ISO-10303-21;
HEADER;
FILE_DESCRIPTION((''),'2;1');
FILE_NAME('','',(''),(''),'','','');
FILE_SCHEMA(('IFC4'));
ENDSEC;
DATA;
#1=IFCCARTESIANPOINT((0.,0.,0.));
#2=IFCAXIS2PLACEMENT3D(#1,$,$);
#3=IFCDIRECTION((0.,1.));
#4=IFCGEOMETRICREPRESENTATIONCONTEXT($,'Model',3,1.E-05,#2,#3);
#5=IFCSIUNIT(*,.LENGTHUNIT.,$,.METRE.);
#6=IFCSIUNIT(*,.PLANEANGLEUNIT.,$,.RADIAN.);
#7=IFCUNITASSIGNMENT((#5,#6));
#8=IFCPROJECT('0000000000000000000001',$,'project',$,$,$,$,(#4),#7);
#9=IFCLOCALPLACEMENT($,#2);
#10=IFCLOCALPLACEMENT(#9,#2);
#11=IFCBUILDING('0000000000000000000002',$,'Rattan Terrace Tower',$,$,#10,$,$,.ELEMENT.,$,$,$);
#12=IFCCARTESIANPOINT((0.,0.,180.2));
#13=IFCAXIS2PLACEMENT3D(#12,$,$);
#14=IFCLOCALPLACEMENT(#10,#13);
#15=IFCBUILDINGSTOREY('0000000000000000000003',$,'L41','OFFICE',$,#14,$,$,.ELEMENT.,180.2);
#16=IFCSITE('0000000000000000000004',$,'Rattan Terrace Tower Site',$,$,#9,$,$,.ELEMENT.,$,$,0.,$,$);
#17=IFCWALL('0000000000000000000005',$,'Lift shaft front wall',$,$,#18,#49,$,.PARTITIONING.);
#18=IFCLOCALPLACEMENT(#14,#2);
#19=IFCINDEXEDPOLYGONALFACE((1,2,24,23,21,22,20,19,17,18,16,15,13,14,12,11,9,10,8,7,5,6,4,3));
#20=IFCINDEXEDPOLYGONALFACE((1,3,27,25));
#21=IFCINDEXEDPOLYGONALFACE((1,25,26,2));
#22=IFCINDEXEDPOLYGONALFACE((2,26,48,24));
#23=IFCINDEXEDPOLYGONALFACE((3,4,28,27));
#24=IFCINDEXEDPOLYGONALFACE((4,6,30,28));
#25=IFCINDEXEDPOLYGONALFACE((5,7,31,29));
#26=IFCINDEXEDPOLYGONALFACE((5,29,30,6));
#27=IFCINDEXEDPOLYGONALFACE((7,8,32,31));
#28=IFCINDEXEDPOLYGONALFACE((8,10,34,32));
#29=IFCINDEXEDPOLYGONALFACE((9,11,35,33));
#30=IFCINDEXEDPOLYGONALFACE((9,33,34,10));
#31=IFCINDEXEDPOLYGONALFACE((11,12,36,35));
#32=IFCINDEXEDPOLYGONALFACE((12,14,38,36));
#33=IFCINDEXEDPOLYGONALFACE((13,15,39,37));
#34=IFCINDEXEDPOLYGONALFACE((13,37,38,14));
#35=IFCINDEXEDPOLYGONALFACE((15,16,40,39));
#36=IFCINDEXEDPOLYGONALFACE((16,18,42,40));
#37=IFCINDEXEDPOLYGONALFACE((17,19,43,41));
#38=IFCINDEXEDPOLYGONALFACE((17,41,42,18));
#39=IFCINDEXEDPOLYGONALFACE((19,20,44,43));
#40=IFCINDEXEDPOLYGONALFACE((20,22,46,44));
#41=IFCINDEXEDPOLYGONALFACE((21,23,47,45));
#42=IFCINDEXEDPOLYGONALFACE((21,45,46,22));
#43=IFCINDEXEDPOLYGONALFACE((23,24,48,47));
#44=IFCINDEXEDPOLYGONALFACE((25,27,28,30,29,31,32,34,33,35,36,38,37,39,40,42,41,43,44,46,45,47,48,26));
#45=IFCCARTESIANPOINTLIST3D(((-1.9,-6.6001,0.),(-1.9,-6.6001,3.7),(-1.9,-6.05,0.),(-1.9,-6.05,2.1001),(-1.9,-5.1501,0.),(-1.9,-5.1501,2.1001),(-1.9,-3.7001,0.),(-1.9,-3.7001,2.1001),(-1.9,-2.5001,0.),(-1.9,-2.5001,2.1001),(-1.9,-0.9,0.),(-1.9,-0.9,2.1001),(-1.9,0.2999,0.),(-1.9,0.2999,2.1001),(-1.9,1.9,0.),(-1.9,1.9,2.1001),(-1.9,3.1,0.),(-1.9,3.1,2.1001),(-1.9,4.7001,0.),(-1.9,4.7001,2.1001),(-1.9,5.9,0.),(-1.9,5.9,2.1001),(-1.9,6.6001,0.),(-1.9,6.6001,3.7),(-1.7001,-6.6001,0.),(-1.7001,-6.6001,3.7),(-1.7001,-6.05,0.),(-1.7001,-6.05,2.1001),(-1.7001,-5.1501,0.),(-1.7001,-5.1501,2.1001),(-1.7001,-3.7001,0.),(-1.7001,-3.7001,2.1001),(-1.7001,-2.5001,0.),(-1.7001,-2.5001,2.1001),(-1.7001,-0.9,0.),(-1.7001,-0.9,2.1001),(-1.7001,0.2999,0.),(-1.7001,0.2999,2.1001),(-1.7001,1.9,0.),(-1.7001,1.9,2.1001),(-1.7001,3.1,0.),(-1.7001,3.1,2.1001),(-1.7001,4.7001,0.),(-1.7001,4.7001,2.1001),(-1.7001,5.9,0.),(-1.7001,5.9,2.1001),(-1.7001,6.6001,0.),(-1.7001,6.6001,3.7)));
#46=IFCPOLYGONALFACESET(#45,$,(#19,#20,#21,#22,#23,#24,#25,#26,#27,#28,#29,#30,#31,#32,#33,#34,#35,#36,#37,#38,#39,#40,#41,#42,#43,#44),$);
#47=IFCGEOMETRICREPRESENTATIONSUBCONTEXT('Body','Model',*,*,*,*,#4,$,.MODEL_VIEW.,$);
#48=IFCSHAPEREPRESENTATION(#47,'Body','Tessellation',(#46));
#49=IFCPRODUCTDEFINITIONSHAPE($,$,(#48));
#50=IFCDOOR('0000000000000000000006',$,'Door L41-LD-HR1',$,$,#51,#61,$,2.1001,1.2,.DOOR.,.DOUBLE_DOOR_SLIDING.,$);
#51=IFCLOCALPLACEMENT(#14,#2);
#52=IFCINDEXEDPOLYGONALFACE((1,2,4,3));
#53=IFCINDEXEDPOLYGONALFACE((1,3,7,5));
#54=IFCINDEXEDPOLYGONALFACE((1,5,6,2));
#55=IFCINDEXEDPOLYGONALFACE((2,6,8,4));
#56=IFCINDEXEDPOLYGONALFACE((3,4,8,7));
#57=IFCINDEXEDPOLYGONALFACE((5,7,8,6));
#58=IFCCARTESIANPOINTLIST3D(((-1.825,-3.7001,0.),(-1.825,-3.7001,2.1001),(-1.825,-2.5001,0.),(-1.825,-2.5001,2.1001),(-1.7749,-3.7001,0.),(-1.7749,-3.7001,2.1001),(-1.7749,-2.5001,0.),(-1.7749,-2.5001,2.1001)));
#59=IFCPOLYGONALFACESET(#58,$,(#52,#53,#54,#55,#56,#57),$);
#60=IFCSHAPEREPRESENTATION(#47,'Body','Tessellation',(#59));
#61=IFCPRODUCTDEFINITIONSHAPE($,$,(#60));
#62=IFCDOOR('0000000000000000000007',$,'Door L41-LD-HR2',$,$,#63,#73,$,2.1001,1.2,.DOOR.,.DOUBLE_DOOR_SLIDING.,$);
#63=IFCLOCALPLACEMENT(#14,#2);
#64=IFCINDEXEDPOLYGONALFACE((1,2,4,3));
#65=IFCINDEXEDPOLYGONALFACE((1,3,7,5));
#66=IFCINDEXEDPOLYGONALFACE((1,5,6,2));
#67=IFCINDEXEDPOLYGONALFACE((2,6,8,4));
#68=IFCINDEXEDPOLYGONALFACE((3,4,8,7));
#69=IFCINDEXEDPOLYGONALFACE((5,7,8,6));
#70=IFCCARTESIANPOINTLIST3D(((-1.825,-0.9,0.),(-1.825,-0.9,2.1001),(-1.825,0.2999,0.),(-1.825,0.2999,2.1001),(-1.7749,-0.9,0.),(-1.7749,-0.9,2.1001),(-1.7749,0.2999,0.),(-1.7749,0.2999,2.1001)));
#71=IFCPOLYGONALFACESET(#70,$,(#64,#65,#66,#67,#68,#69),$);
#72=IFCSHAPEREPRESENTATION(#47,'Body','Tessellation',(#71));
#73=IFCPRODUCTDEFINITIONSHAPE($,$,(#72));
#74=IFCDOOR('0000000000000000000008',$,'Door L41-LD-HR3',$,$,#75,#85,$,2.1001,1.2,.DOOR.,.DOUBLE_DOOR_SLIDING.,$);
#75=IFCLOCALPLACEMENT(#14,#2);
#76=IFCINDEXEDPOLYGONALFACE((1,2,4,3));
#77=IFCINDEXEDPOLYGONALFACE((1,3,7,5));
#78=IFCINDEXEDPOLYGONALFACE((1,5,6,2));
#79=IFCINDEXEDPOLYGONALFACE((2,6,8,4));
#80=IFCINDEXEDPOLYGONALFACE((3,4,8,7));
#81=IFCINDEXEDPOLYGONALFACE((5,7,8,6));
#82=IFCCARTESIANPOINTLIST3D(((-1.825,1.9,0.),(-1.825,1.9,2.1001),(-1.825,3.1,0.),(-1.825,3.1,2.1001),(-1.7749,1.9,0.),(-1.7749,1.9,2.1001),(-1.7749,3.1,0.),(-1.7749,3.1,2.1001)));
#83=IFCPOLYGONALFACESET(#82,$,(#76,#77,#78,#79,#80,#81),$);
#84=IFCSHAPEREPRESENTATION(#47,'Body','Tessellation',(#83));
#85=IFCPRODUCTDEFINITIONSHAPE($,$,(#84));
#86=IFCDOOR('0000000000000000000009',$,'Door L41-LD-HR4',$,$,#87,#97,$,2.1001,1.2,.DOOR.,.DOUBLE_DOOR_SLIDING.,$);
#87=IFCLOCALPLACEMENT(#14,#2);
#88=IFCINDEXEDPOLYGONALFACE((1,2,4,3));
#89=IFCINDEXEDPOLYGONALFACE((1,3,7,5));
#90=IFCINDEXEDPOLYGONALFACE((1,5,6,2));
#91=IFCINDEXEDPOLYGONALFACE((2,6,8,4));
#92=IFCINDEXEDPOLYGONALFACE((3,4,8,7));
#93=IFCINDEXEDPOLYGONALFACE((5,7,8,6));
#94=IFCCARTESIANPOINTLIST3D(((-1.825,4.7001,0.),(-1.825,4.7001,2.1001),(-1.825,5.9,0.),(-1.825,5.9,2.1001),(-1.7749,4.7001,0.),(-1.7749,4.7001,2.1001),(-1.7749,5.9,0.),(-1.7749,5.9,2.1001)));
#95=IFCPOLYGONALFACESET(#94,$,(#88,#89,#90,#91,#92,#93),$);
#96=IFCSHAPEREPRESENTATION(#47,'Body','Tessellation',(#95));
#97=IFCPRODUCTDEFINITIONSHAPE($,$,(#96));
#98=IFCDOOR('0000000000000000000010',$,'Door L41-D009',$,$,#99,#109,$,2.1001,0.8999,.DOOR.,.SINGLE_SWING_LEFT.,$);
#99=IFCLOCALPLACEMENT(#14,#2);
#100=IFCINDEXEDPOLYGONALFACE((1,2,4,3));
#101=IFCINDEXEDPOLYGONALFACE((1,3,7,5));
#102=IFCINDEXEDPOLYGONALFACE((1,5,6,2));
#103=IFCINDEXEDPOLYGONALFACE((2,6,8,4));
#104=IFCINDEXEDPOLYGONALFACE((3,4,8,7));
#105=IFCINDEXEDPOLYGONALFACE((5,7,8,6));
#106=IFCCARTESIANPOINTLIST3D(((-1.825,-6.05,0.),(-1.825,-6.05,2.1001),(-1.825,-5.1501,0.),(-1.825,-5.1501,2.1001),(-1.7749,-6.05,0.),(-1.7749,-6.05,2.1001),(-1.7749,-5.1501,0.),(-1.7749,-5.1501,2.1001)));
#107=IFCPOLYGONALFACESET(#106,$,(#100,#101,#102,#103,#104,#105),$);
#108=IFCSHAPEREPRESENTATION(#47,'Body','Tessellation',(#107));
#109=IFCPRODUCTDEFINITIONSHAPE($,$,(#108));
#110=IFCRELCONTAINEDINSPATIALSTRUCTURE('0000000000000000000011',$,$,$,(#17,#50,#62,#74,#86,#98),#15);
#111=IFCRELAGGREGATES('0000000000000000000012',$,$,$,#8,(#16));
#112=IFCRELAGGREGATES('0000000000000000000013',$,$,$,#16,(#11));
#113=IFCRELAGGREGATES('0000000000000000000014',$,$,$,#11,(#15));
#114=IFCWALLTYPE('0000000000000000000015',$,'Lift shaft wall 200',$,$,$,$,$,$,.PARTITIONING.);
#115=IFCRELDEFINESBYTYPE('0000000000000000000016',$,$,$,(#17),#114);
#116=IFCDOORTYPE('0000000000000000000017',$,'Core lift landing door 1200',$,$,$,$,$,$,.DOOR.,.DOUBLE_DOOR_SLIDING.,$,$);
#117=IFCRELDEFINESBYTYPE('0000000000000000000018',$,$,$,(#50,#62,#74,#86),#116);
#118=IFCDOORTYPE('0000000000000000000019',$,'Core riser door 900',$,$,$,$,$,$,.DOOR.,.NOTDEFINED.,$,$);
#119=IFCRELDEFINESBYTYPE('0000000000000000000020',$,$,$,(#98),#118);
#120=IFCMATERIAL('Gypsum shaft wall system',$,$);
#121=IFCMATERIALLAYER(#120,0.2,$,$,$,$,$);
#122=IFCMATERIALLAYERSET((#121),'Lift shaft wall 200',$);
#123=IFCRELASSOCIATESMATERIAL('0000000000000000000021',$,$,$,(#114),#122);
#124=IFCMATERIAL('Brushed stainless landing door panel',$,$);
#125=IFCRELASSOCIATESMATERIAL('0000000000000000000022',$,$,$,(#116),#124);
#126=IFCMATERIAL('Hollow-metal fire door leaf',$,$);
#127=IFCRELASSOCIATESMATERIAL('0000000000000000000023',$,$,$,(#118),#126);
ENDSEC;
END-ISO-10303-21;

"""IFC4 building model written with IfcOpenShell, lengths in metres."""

from ifc_helpers import new_model, si_unit, direction, frame, frame_2d, origin, place, context, subcontext, project, spatial, rectangle, extrude, material, layer, layer_set, type_object, element, fill, save


model = new_model("IFC4")

# Units and contexts
model_context = context("Model", 3, precision=1e-05, world=origin(), true_north=direction((0.0, 1.0)))
body_context = subcontext(model_context, "Body", "Model", "MODEL_VIEW")
ifc_project = project(units=[si_unit("LENGTHUNIT", "METRE"), si_unit("PLANEANGLEUNIT", "RADIAN")], contexts=[model_context])

# Site, building, storey
site_placement = place(None, origin())
site = spatial("IfcSite", under=ifc_project, at=site_placement, Name="Rattan Terrace Tower Site", CompositionType="ELEMENT", RefElevation=0.0)
building_placement = place(site_placement, origin())
building = spatial("IfcBuilding", under=site, at=building_placement, Name="Rattan Terrace Tower", CompositionType="ELEMENT")
storey_placement = place(building_placement, frame((0.0, 0.0, 180.2)))
storey = spatial("IfcBuildingStorey", under=building, at=storey_placement, Name="L41", Description="OFFICE", CompositionType="ELEMENT", Elevation=180.2)

# Wall, openings, doors
ifc_material_1 = material(Name="Gypsum shaft wall system")
ifc_layer_1 = layer(ifc_material_1, 0.2)
ifc_layer_set_1 = layer_set([ifc_layer_1], Name="Lift shaft wall 200")
wall_type_1 = type_object("IfcWallType", Name="Lift shaft wall 200", PredefinedType="PARTITIONING", material=ifc_layer_set_1)
wall_1_placement = place(storey_placement, frame((-1.8, -6.6001, 0.0), z_axis=(0.0, 0.0, 1.0), x_axis=(0.0, 1.0, 0.0)))
wall_1 = element("IfcWall", 1, at=wall_1_placement, inside=storey, type_object=wall_type_1, Name="Lift shaft front wall", PredefinedType="PARTITIONING", context=body_context, shape_type="SweptSolid", body=[
    extrude(rectangle(XDim=13.2002, YDim=0.2, at=frame_2d((6.6001, 0.0))), origin(), (0.0, 0.0, 1.0), 3.7),
])
opening_1_placement = place(wall_1_placement, frame((0.55, 0.0, 0.0)))
opening_1 = element("IfcOpeningElement", 2, at=opening_1_placement, cuts=wall_1, PredefinedType="OPENING", context=body_context, shape_type="SweptSolid", body=[
    extrude(rectangle(XDim=0.8999, YDim=2.1001, at=frame_2d((0.45, 1.05))), frame((0.0, 0.1106, 0.0), z_axis=(0.0, -1.0, 0.0), x_axis=(1.0, 0.0, 0.0)), (0.0, 0.0, 1.0), 0.2209),
])
opening_2_placement = place(wall_1_placement, frame((2.8999, 0.0, 0.0)))
opening_2 = element("IfcOpeningElement", 3, at=opening_2_placement, cuts=wall_1, PredefinedType="OPENING", context=body_context, shape_type="SweptSolid", body=[
    extrude(rectangle(XDim=1.2, YDim=2.1001, at=frame_2d((0.6001, 1.05))), frame((0.0, 0.1106, 0.0), z_axis=(0.0, -1.0, 0.0), x_axis=(1.0, 0.0, 0.0)), (0.0, 0.0, 1.0), 0.2209),
])
opening_3_placement = place(wall_1_placement, frame((5.7, 0.0, 0.0)))
opening_3 = element("IfcOpeningElement", 4, at=opening_3_placement, cuts=wall_1, PredefinedType="OPENING", context=body_context, shape_type="SweptSolid", body=[
    extrude(rectangle(XDim=1.2, YDim=2.1001, at=frame_2d((0.6001, 1.05))), frame((0.0, 0.1106, 0.0), z_axis=(0.0, -1.0, 0.0), x_axis=(1.0, 0.0, 0.0)), (0.0, 0.0, 1.0), 0.2209),
])
opening_4_placement = place(wall_1_placement, frame((8.5, 0.0, 0.0)))
opening_4 = element("IfcOpeningElement", 5, at=opening_4_placement, cuts=wall_1, PredefinedType="OPENING", context=body_context, shape_type="SweptSolid", body=[
    extrude(rectangle(XDim=1.2, YDim=2.1001, at=frame_2d((0.6001, 1.05))), frame((0.0, 0.1106, 0.0), z_axis=(0.0, -1.0, 0.0), x_axis=(1.0, 0.0, 0.0)), (0.0, 0.0, 1.0), 0.2209),
])
opening_5_placement = place(wall_1_placement, frame((11.3, 0.0, 0.0)))
opening_5 = element("IfcOpeningElement", 6, at=opening_5_placement, cuts=wall_1, PredefinedType="OPENING", context=body_context, shape_type="SweptSolid", body=[
    extrude(rectangle(XDim=1.2, YDim=2.1001, at=frame_2d((0.6001, 1.05))), frame((0.0, 0.1106, 0.0), z_axis=(0.0, -1.0, 0.0), x_axis=(1.0, 0.0, 0.0)), (0.0, 0.0, 1.0), 0.2209),
])
ifc_material_2 = material(Name="Brushed stainless landing door panel")
door_type_1 = type_object("IfcDoorType", Name="Core lift landing door 1200", OperationType="DOUBLE_DOOR_SLIDING", PredefinedType="DOOR", material=ifc_material_2)
door_1_placement = place(opening_2_placement, origin())
door_1 = element("IfcDoor", 7, at=door_1_placement, inside=storey, type_object=door_type_1, Name="Door L41-LD-HR1", OperationType="DOUBLE_DOOR_SLIDING", OverallHeight=2.1001, OverallWidth=1.2, PredefinedType="DOOR", context=body_context, shape_type="SweptSolid", body=[
    extrude(rectangle(XDim=1.2, YDim=2.1001, at=frame_2d((0.6001, 1.05))), frame((0.0, 0.0249, 0.0), z_axis=(0.0, -1.0, 0.0), x_axis=(1.0, 0.0, 0.0)), (0.0, 0.0, 1.0), 0.05),
])
fill(opening_2, door_1)
door_2_placement = place(opening_3_placement, origin())
door_2 = element("IfcDoor", 8, at=door_2_placement, inside=storey, type_object=door_type_1, Name="Door L41-LD-HR2", OperationType="DOUBLE_DOOR_SLIDING", OverallHeight=2.1001, OverallWidth=1.2, PredefinedType="DOOR", context=body_context, shape_type="SweptSolid", body=[
    extrude(rectangle(XDim=1.2, YDim=2.1001, at=frame_2d((0.6001, 1.05))), frame((0.0, 0.0249, 0.0), z_axis=(0.0, -1.0, 0.0), x_axis=(1.0, 0.0, 0.0)), (0.0, 0.0, 1.0), 0.05),
])
fill(opening_3, door_2)
door_3_placement = place(opening_4_placement, origin())
door_3 = element("IfcDoor", 9, at=door_3_placement, inside=storey, type_object=door_type_1, Name="Door L41-LD-HR3", OperationType="DOUBLE_DOOR_SLIDING", OverallHeight=2.1001, OverallWidth=1.2, PredefinedType="DOOR", context=body_context, shape_type="SweptSolid", body=[
    extrude(rectangle(XDim=1.2, YDim=2.1001, at=frame_2d((0.6001, 1.05))), frame((0.0, 0.0249, 0.0), z_axis=(0.0, -1.0, 0.0), x_axis=(1.0, 0.0, 0.0)), (0.0, 0.0, 1.0), 0.05),
])
fill(opening_4, door_3)
door_4_placement = place(opening_5_placement, origin())
door_4 = element("IfcDoor", 10, at=door_4_placement, inside=storey, type_object=door_type_1, Name="Door L41-LD-HR4", OperationType="DOUBLE_DOOR_SLIDING", OverallHeight=2.1001, OverallWidth=1.2, PredefinedType="DOOR", context=body_context, shape_type="SweptSolid", body=[
    extrude(rectangle(XDim=1.2, YDim=2.1001, at=frame_2d((0.6001, 1.05))), frame((0.0, 0.0249, 0.0), z_axis=(0.0, -1.0, 0.0), x_axis=(1.0, 0.0, 0.0)), (0.0, 0.0, 1.0), 0.05),
])
fill(opening_5, door_4)
ifc_material_3 = material(Name="Hollow-metal fire door leaf")
door_type_2 = type_object("IfcDoorType", Name="Core riser door 900", OperationType="NOTDEFINED", PredefinedType="DOOR", material=ifc_material_3)
door_5_placement = place(opening_1_placement, origin())
door_5 = element("IfcDoor", 11, at=door_5_placement, inside=storey, type_object=door_type_2, Name="Door L41-D009", OperationType="SINGLE_SWING_LEFT", OverallHeight=2.1001, OverallWidth=0.8999, PredefinedType="DOOR", context=body_context, shape_type="SweptSolid", body=[
    extrude(rectangle(XDim=0.8999, YDim=2.1001, at=frame_2d((0.45, 1.05))), frame((0.0, 0.0249, 0.0), z_axis=(0.0, -1.0, 0.0), x_axis=(1.0, 0.0, 0.0)), (0.0, 0.0, 1.0), 0.05),
])
fill(opening_1, door_5)

save(model, "model.ifc")
